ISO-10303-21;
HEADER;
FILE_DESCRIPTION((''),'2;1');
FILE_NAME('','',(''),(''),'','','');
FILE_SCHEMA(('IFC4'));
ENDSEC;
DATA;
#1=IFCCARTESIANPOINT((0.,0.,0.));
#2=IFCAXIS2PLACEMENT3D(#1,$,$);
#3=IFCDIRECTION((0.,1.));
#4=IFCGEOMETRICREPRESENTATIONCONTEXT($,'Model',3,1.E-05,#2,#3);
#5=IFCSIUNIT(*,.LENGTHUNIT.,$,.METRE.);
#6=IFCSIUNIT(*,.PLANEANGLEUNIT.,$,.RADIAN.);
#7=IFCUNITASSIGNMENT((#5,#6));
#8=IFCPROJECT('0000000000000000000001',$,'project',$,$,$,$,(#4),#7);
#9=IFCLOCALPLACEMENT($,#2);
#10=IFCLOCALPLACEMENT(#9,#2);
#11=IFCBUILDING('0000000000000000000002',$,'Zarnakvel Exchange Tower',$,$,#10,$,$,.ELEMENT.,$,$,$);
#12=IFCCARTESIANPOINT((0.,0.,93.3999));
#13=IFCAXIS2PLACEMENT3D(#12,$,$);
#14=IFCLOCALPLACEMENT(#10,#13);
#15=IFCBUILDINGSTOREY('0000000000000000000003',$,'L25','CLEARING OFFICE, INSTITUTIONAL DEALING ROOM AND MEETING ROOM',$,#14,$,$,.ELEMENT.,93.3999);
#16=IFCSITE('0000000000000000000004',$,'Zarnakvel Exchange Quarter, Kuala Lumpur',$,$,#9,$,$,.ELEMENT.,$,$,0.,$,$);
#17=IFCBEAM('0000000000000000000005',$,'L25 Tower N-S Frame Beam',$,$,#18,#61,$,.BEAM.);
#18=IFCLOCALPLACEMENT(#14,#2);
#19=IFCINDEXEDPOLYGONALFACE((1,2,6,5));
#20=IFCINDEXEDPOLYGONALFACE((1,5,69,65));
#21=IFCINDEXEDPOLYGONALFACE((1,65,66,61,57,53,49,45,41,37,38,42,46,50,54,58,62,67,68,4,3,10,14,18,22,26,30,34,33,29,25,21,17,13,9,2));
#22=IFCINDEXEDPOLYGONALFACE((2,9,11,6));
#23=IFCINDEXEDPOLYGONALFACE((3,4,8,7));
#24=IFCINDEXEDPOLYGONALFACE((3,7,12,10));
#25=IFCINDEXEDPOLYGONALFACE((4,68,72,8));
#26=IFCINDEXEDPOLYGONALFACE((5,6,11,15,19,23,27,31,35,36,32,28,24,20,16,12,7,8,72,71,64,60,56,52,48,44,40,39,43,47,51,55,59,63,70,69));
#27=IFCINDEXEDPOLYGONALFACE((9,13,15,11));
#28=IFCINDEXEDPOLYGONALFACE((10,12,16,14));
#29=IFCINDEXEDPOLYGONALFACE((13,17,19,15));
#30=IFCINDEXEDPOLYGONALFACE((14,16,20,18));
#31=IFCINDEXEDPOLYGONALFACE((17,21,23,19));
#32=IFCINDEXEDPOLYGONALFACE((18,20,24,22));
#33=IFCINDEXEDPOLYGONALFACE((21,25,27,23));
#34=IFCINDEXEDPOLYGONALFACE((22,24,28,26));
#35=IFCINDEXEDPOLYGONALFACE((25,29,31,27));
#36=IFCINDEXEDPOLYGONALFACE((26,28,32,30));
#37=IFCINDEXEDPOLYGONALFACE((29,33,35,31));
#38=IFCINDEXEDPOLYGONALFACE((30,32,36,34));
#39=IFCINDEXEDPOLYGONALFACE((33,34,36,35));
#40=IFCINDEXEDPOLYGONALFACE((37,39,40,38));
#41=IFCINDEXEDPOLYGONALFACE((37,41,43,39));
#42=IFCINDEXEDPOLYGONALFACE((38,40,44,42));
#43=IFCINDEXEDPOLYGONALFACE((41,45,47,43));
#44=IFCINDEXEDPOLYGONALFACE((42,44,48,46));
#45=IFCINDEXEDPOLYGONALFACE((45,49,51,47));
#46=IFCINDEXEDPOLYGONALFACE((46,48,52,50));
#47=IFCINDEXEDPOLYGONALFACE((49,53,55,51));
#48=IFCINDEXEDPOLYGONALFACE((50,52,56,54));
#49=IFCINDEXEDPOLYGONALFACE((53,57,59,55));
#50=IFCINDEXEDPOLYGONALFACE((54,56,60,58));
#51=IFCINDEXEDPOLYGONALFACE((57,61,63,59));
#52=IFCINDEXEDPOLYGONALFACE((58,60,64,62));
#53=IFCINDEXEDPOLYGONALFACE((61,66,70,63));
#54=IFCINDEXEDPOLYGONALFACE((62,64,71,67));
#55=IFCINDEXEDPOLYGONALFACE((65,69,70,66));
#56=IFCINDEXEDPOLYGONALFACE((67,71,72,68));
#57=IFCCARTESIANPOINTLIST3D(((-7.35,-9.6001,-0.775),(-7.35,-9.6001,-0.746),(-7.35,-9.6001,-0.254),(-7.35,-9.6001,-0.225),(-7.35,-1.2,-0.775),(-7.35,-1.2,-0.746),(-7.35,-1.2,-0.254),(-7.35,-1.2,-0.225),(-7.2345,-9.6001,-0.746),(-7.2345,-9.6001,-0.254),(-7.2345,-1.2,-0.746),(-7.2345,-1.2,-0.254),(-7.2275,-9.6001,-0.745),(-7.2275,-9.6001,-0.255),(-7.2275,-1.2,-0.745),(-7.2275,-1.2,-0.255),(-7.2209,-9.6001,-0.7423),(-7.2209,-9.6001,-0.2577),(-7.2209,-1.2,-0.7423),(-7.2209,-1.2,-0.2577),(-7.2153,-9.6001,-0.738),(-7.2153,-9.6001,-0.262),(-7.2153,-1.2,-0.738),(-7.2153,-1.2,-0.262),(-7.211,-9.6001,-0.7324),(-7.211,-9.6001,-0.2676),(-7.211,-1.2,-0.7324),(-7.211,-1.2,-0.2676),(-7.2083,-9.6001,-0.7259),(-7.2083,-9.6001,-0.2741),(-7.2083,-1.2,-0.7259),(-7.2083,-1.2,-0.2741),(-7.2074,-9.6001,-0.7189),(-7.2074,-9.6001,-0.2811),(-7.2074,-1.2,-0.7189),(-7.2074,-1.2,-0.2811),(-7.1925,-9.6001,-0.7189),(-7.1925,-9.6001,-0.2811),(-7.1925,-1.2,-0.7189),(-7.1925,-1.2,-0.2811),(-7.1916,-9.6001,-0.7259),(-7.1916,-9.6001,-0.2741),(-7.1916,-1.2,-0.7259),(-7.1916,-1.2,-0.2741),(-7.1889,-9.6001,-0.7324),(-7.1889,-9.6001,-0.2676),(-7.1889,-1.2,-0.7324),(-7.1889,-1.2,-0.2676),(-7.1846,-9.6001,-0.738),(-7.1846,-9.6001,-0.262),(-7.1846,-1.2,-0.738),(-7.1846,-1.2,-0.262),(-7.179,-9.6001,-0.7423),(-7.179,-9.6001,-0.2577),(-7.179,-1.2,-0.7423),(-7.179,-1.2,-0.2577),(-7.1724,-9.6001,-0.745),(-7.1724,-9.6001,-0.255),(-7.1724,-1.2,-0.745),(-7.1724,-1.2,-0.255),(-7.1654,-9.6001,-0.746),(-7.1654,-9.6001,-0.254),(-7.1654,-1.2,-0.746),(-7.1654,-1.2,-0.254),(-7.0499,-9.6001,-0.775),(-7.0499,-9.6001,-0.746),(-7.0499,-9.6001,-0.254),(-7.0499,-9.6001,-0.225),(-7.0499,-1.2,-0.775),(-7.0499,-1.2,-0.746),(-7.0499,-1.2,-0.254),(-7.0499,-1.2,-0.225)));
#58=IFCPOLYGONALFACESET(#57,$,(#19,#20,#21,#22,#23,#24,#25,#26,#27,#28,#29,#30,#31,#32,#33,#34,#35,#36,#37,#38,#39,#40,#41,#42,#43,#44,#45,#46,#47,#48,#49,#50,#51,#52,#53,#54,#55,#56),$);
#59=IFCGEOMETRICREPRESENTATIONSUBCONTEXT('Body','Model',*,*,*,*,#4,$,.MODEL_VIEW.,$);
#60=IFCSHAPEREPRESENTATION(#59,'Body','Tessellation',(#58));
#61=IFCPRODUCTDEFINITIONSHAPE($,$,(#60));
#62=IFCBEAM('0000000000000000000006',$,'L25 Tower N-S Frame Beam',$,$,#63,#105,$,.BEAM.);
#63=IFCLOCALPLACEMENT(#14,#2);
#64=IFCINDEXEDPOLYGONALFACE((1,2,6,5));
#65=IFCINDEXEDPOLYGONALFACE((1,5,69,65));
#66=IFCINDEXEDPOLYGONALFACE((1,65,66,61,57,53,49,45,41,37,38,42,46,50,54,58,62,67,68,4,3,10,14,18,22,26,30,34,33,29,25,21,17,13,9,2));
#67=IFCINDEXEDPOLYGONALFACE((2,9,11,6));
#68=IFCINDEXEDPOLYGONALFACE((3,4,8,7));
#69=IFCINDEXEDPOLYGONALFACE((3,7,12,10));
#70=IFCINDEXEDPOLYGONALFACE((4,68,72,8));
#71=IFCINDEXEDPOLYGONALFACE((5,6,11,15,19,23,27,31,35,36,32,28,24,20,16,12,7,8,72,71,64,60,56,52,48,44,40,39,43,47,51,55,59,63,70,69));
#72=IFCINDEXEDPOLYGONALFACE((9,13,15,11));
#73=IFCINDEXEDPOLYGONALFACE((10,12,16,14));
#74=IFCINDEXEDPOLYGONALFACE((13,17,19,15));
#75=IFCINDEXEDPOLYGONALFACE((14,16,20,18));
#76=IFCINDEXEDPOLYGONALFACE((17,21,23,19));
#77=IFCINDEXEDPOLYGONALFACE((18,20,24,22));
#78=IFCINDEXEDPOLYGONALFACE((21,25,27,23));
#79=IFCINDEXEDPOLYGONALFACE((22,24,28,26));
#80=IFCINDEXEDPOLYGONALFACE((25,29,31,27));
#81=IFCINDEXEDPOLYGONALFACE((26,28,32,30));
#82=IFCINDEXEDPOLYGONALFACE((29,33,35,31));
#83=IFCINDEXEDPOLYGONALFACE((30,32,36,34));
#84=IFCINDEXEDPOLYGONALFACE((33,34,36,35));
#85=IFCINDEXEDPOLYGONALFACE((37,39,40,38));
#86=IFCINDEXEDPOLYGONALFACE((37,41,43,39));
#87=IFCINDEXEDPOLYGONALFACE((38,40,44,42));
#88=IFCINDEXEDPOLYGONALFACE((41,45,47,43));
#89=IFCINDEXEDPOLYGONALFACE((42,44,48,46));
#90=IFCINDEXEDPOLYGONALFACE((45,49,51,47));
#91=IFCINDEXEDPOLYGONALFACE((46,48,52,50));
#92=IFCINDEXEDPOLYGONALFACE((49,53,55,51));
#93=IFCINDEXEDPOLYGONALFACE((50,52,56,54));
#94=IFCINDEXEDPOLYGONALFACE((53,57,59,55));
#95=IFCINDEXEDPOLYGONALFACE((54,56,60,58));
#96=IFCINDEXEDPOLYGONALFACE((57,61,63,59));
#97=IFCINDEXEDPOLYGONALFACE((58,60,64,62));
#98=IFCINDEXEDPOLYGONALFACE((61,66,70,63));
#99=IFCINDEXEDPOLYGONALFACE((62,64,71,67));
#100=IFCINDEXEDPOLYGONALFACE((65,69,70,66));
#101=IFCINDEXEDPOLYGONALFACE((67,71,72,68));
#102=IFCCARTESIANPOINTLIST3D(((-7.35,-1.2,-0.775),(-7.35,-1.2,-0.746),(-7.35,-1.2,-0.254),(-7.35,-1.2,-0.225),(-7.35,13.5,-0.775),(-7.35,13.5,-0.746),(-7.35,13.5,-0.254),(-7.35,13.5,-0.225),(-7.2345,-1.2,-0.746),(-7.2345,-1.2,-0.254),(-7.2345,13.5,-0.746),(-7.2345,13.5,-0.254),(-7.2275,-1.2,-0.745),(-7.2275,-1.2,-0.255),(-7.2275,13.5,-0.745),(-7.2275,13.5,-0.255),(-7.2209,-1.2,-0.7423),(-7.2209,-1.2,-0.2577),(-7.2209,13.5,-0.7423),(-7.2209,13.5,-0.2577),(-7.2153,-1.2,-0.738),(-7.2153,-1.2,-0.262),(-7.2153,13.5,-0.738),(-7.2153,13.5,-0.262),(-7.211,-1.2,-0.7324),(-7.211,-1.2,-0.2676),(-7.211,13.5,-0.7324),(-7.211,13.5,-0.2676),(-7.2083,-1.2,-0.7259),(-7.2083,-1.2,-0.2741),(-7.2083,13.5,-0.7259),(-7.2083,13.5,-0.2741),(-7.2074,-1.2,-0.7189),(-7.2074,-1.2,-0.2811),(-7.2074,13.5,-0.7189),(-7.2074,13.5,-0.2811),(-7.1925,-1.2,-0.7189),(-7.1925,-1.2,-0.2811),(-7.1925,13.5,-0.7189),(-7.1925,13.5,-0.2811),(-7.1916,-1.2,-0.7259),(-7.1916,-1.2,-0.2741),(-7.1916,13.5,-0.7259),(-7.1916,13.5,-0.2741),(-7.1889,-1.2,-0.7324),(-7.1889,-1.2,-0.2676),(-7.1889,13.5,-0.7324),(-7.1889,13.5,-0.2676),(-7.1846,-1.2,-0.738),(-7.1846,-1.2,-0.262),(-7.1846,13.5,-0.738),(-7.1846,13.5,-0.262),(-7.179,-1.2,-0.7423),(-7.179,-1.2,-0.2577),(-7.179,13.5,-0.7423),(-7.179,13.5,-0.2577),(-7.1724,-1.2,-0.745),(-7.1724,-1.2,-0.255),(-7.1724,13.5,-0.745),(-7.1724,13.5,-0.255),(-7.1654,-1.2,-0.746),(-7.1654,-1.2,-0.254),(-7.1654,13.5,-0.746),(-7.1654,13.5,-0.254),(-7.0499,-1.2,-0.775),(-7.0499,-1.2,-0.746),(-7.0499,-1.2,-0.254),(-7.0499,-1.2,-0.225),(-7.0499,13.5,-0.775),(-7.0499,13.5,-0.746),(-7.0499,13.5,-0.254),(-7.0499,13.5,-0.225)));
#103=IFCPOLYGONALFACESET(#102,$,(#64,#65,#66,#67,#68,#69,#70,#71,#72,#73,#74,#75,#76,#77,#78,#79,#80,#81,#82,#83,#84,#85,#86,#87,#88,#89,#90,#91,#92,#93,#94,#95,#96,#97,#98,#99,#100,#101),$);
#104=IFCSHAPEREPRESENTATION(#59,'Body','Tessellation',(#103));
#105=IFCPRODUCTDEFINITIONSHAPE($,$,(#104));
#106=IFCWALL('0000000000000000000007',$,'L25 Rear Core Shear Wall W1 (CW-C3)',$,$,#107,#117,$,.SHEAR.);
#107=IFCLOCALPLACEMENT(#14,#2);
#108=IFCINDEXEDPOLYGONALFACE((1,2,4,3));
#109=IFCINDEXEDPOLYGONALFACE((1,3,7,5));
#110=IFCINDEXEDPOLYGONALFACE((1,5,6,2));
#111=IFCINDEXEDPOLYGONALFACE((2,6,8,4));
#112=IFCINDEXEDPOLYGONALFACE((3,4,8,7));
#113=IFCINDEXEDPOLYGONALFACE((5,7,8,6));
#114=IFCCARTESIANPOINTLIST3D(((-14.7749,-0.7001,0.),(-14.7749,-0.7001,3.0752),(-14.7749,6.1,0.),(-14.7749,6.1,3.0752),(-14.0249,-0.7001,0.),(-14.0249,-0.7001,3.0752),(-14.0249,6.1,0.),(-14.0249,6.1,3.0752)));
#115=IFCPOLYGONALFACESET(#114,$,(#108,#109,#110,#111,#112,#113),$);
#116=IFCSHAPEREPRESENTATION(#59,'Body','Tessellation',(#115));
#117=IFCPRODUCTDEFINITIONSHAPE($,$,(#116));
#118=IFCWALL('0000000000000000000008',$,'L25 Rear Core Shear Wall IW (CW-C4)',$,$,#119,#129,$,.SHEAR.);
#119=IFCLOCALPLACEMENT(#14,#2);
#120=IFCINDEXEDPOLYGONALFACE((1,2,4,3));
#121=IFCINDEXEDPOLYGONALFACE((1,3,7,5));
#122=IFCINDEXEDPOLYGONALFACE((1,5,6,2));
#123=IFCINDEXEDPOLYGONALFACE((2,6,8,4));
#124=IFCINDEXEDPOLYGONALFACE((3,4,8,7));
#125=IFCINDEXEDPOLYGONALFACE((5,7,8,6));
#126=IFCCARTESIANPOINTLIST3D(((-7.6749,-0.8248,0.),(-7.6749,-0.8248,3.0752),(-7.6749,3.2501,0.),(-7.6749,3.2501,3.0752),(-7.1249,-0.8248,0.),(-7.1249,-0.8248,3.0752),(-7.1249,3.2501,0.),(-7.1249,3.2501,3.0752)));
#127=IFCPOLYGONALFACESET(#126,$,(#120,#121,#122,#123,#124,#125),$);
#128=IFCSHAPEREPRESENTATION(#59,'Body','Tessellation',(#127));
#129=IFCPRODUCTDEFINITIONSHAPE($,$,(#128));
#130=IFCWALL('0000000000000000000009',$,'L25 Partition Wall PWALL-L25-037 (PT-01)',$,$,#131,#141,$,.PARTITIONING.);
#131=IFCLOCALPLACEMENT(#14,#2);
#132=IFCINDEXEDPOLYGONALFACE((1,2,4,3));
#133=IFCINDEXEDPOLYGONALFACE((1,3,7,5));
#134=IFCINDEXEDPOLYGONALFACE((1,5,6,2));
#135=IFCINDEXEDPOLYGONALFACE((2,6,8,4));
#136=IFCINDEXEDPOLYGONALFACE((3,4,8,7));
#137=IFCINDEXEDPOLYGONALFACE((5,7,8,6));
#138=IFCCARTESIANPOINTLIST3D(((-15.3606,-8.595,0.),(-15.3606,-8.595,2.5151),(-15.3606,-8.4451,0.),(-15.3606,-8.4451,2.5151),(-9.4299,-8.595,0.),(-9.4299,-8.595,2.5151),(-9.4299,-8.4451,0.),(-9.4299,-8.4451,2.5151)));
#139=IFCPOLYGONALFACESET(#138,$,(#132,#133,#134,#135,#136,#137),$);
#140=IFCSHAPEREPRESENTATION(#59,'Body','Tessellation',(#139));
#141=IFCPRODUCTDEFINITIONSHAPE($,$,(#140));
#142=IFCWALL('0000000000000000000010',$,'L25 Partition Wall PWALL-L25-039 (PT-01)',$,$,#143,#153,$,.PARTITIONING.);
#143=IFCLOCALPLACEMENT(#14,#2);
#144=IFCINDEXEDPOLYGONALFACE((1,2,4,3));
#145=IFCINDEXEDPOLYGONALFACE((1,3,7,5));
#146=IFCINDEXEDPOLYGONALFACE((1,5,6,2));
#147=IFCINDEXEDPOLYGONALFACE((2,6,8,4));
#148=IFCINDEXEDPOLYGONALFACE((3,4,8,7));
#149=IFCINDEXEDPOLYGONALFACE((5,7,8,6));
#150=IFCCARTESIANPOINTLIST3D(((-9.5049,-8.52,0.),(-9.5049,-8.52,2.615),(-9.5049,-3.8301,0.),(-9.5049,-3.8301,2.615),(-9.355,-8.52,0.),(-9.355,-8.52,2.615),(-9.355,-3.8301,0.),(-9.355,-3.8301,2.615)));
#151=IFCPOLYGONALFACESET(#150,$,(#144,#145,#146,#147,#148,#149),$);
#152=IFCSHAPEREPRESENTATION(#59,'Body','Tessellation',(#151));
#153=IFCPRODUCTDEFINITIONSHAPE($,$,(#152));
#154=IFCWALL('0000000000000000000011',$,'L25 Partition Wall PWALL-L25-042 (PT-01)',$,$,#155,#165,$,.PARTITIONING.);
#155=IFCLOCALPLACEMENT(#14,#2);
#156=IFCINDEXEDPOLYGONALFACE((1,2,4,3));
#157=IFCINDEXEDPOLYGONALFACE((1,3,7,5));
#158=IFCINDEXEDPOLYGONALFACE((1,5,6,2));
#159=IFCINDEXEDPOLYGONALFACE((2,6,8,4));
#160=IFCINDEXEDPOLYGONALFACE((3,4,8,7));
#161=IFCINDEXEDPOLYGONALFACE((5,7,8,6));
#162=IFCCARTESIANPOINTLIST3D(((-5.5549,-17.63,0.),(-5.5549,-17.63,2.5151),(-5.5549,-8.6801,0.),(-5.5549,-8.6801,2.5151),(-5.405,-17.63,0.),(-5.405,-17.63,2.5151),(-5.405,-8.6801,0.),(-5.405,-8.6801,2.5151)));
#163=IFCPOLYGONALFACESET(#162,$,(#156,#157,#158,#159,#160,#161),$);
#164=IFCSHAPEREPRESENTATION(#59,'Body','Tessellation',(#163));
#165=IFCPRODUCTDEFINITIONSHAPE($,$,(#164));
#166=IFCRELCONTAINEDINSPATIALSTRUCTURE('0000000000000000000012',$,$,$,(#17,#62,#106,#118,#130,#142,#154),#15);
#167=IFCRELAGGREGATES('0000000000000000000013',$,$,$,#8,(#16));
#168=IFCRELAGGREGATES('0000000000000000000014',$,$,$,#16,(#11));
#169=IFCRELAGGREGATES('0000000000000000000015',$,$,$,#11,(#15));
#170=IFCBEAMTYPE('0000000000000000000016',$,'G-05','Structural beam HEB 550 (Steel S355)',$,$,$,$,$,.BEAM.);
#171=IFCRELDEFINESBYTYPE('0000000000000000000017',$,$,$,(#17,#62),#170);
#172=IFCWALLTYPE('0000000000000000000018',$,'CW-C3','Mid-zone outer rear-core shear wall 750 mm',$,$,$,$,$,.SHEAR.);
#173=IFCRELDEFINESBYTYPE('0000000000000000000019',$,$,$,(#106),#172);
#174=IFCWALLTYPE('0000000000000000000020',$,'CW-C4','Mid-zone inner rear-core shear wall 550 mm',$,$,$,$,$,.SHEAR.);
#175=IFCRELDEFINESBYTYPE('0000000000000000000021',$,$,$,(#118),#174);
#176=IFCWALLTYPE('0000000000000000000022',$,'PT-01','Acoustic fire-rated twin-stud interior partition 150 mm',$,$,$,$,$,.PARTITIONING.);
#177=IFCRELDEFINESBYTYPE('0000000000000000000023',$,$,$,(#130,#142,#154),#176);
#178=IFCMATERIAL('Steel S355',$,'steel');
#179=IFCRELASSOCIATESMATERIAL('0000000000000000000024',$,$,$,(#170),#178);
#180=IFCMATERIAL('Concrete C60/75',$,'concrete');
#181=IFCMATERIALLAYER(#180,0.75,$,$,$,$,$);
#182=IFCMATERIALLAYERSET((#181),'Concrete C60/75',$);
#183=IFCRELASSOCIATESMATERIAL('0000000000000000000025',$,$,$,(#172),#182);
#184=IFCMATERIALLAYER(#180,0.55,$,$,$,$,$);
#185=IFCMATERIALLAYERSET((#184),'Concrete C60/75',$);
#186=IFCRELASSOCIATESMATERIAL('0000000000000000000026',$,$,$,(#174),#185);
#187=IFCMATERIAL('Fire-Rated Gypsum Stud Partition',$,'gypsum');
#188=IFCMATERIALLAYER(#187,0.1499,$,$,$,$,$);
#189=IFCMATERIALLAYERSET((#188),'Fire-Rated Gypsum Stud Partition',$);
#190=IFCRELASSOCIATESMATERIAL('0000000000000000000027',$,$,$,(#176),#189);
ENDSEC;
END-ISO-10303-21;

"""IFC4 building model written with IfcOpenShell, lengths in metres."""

from ifc_helpers import new_model, si_unit, direction, frame, frame_2d, origin, origin_2d, place, context, subcontext, project, spatial, rectangle, i_section, extrude, material, layer, layer_set, material_profile, profile_set, type_object, element, save


model = new_model("IFC4")

# Units and contexts
model_context = context("Model", 3, precision=1e-05, world=origin(), true_north=direction((0.0, 1.0)))
body_context = subcontext(model_context, "Body", "Model", "MODEL_VIEW")
ifc_project = project(units=[si_unit("LENGTHUNIT", "METRE"), si_unit("PLANEANGLEUNIT", "RADIAN")], contexts=[model_context])

# Site, building, storey
site_placement = place(None, origin())
site = spatial("IfcSite", under=ifc_project, at=site_placement, Name="Zarnakvel Exchange Quarter, Kuala Lumpur", CompositionType="ELEMENT", RefElevation=0.0)
building_placement = place(site_placement, origin())
building = spatial("IfcBuilding", under=site, at=building_placement, Name="Zarnakvel Exchange Tower", CompositionType="ELEMENT")
storey_placement = place(building_placement, frame((0.0, 0.0, 93.3999)))
storey = spatial("IfcBuildingStorey", under=building, at=storey_placement, Name="L25", Description="CLEARING OFFICE, INSTITUTIONAL DEALING ROOM AND MEETING ROOM", CompositionType="ELEMENT", Elevation=93.3999)

# Shared definitions
ifc_material_1 = material(Name="Concrete C60/75", Category="concrete")

# Beams
ifc_material_2 = material(Name="Steel S355", Category="steel")
ifc_material_profile_1 = material_profile(ifc_material_2, i_section(OverallWidth=0.3, OverallDepth=0.55, WebThickness=0.0149, FlangeThickness=0.0291, FilletRadius=0.0271, at=origin_2d()))
ifc_profile_set_1 = profile_set([ifc_material_profile_1], Name="Steel S355")
beam_type_1 = type_object("IfcBeamType", Name="G-05", Description="Structural beam HEB 550 (Steel S355)", PredefinedType="BEAM", material=ifc_profile_set_1)
for number, where, z_axis, x_axis, name in (
    (1, (-7.2, -9.6001, -0.5), (0.0, 1.0, 0.0), (-1.0, 0.0, 0.0), "L25 Tower N-S Frame Beam"),
):
    element("IfcBeam", number, at=place(storey_placement, frame(where, z_axis=z_axis, x_axis=x_axis)), inside=storey, type_object=beam_type_1, Name=name, PredefinedType="BEAM", context=body_context, shape_type="SweptSolid", body=[
        extrude(i_section(OverallWidth=0.3, OverallDepth=0.55, WebThickness=0.0149, FlangeThickness=0.0291, FilletRadius=0.0271, at=origin_2d()), origin(), (0.0, 0.0, 1.0), 8.4001),
    ])
beam_1_placement = place(storey_placement, frame((-7.2, -1.2, -0.5), z_axis=(0.0, 1.0, 0.0), x_axis=(-1.0, 0.0, 0.0)))
element("IfcBeam", 2, at=beam_1_placement, inside=storey, type_object=beam_type_1, Name="L25 Tower N-S Frame Beam", PredefinedType="BEAM", context=body_context, shape_type="SweptSolid", body=[
    extrude(i_section(OverallWidth=0.3, OverallDepth=0.55, WebThickness=0.0149, FlangeThickness=0.0291, FilletRadius=0.0271, at=origin_2d()), origin(), (0.0, 0.0, 1.0), 14.7),
])

# Wall
ifc_layer_1 = layer(ifc_material_1, 0.75)
ifc_layer_set_1 = layer_set([ifc_layer_1], Name="Concrete C60/75")
wall_type_1 = type_object("IfcWallType", Name="CW-C3", Description="Mid-zone outer rear-core shear wall 750 mm", PredefinedType="SHEAR", material=ifc_layer_set_1)
wall_1_placement = place(storey_placement, frame((-14.3999, -0.7, 0.0), z_axis=(0.0, 0.0, 1.0), x_axis=(0.0, 1.0, 0.0)))
element("IfcWall", 3, at=wall_1_placement, inside=storey, type_object=wall_type_1, Name="L25 Rear Core Shear Wall W1 (CW-C3)", PredefinedType="SHEAR", context=body_context, shape_type="SweptSolid", body=[
    extrude(rectangle(XDim=6.8, YDim=0.75, at=frame_2d((3.3999, 0.0))), origin(), (0.0, 0.0, 1.0), 3.0752),
])

# Walls
ifc_layer_2 = layer(ifc_material_1, 0.55)
ifc_layer_set_2 = layer_set([ifc_layer_2], Name="Concrete C60/75")
wall_type_2 = type_object("IfcWallType", Name="CW-C4", Description="Mid-zone inner rear-core shear wall 550 mm", PredefinedType="SHEAR", material=ifc_layer_set_2)
wall_2_placement = place(storey_placement, frame((-7.3999, -0.825, 0.0), z_axis=(0.0, 0.0, 1.0), x_axis=(0.0, 1.0, 0.0)))
element("IfcWall", 4, at=wall_2_placement, inside=storey, type_object=wall_type_2, Name="L25 Rear Core Shear Wall IW (CW-C4)", PredefinedType="SHEAR", context=body_context, shape_type="SweptSolid", body=[
    extrude(rectangle(XDim=4.075, YDim=0.55, at=frame_2d((2.0376, 0.0))), origin(), (0.0, 0.0, 1.0), 3.0752),
])
ifc_material_3 = material(Name="Fire-Rated Gypsum Stud Partition", Category="gypsum")
ifc_layer_3 = layer(ifc_material_3, 0.1499)
ifc_layer_set_3 = layer_set([ifc_layer_3], Name="Fire-Rated Gypsum Stud Partition")
wall_type_3 = type_object("IfcWallType", Name="PT-01", Description="Acoustic fire-rated twin-stud interior partition 150 mm", PredefinedType="PARTITIONING", material=ifc_layer_set_3)
wall_3_placement = place(storey_placement, frame((-9.4299, -8.52, 0.0), z_axis=(0.0, 0.0, 1.0), x_axis=(-1.0, 0.0, 0.0)))
element("IfcWall", 5, at=wall_3_placement, inside=storey, type_object=wall_type_3, Name="L25 Partition Wall PWALL-L25-037 (PT-01)", PredefinedType="PARTITIONING", context=body_context, shape_type="SweptSolid", body=[
    extrude(rectangle(XDim=5.9307, YDim=0.1499, at=frame_2d((2.9653, 0.0))), origin(), (0.0, 0.0, 1.0), 2.5151),
])

# Walls
wall_4_placement = place(storey_placement, frame((-9.4299, -3.8301, 0.0), z_axis=(0.0, 0.0, 1.0), x_axis=(0.0, -1.0, 0.0)))
element("IfcWall", 6, at=wall_4_placement, inside=storey, type_object=wall_type_3, Name="L25 Partition Wall PWALL-L25-039 (PT-01)", PredefinedType="PARTITIONING", context=body_context, shape_type="SweptSolid", body=[
    extrude(rectangle(XDim=4.6899, YDim=0.1499, at=frame_2d((2.345, 0.0))), origin(), (0.0, 0.0, 1.0), 2.615),
])
wall_5_placement = place(storey_placement, frame((-5.48, -8.6799, 0.0), z_axis=(0.0, 0.0, 1.0), x_axis=(0.0, -1.0, 0.0)))
element("IfcWall", 7, at=wall_5_placement, inside=storey, type_object=wall_type_3, Name="L25 Partition Wall PWALL-L25-042 (PT-01)", PredefinedType="PARTITIONING", context=body_context, shape_type="SweptSolid", body=[
    extrude(rectangle(XDim=8.95, YDim=0.1499, at=frame_2d((4.4751, 0.0))), origin(), (0.0, 0.0, 1.0), 2.5151),
])

save(model, "model.ifc")
